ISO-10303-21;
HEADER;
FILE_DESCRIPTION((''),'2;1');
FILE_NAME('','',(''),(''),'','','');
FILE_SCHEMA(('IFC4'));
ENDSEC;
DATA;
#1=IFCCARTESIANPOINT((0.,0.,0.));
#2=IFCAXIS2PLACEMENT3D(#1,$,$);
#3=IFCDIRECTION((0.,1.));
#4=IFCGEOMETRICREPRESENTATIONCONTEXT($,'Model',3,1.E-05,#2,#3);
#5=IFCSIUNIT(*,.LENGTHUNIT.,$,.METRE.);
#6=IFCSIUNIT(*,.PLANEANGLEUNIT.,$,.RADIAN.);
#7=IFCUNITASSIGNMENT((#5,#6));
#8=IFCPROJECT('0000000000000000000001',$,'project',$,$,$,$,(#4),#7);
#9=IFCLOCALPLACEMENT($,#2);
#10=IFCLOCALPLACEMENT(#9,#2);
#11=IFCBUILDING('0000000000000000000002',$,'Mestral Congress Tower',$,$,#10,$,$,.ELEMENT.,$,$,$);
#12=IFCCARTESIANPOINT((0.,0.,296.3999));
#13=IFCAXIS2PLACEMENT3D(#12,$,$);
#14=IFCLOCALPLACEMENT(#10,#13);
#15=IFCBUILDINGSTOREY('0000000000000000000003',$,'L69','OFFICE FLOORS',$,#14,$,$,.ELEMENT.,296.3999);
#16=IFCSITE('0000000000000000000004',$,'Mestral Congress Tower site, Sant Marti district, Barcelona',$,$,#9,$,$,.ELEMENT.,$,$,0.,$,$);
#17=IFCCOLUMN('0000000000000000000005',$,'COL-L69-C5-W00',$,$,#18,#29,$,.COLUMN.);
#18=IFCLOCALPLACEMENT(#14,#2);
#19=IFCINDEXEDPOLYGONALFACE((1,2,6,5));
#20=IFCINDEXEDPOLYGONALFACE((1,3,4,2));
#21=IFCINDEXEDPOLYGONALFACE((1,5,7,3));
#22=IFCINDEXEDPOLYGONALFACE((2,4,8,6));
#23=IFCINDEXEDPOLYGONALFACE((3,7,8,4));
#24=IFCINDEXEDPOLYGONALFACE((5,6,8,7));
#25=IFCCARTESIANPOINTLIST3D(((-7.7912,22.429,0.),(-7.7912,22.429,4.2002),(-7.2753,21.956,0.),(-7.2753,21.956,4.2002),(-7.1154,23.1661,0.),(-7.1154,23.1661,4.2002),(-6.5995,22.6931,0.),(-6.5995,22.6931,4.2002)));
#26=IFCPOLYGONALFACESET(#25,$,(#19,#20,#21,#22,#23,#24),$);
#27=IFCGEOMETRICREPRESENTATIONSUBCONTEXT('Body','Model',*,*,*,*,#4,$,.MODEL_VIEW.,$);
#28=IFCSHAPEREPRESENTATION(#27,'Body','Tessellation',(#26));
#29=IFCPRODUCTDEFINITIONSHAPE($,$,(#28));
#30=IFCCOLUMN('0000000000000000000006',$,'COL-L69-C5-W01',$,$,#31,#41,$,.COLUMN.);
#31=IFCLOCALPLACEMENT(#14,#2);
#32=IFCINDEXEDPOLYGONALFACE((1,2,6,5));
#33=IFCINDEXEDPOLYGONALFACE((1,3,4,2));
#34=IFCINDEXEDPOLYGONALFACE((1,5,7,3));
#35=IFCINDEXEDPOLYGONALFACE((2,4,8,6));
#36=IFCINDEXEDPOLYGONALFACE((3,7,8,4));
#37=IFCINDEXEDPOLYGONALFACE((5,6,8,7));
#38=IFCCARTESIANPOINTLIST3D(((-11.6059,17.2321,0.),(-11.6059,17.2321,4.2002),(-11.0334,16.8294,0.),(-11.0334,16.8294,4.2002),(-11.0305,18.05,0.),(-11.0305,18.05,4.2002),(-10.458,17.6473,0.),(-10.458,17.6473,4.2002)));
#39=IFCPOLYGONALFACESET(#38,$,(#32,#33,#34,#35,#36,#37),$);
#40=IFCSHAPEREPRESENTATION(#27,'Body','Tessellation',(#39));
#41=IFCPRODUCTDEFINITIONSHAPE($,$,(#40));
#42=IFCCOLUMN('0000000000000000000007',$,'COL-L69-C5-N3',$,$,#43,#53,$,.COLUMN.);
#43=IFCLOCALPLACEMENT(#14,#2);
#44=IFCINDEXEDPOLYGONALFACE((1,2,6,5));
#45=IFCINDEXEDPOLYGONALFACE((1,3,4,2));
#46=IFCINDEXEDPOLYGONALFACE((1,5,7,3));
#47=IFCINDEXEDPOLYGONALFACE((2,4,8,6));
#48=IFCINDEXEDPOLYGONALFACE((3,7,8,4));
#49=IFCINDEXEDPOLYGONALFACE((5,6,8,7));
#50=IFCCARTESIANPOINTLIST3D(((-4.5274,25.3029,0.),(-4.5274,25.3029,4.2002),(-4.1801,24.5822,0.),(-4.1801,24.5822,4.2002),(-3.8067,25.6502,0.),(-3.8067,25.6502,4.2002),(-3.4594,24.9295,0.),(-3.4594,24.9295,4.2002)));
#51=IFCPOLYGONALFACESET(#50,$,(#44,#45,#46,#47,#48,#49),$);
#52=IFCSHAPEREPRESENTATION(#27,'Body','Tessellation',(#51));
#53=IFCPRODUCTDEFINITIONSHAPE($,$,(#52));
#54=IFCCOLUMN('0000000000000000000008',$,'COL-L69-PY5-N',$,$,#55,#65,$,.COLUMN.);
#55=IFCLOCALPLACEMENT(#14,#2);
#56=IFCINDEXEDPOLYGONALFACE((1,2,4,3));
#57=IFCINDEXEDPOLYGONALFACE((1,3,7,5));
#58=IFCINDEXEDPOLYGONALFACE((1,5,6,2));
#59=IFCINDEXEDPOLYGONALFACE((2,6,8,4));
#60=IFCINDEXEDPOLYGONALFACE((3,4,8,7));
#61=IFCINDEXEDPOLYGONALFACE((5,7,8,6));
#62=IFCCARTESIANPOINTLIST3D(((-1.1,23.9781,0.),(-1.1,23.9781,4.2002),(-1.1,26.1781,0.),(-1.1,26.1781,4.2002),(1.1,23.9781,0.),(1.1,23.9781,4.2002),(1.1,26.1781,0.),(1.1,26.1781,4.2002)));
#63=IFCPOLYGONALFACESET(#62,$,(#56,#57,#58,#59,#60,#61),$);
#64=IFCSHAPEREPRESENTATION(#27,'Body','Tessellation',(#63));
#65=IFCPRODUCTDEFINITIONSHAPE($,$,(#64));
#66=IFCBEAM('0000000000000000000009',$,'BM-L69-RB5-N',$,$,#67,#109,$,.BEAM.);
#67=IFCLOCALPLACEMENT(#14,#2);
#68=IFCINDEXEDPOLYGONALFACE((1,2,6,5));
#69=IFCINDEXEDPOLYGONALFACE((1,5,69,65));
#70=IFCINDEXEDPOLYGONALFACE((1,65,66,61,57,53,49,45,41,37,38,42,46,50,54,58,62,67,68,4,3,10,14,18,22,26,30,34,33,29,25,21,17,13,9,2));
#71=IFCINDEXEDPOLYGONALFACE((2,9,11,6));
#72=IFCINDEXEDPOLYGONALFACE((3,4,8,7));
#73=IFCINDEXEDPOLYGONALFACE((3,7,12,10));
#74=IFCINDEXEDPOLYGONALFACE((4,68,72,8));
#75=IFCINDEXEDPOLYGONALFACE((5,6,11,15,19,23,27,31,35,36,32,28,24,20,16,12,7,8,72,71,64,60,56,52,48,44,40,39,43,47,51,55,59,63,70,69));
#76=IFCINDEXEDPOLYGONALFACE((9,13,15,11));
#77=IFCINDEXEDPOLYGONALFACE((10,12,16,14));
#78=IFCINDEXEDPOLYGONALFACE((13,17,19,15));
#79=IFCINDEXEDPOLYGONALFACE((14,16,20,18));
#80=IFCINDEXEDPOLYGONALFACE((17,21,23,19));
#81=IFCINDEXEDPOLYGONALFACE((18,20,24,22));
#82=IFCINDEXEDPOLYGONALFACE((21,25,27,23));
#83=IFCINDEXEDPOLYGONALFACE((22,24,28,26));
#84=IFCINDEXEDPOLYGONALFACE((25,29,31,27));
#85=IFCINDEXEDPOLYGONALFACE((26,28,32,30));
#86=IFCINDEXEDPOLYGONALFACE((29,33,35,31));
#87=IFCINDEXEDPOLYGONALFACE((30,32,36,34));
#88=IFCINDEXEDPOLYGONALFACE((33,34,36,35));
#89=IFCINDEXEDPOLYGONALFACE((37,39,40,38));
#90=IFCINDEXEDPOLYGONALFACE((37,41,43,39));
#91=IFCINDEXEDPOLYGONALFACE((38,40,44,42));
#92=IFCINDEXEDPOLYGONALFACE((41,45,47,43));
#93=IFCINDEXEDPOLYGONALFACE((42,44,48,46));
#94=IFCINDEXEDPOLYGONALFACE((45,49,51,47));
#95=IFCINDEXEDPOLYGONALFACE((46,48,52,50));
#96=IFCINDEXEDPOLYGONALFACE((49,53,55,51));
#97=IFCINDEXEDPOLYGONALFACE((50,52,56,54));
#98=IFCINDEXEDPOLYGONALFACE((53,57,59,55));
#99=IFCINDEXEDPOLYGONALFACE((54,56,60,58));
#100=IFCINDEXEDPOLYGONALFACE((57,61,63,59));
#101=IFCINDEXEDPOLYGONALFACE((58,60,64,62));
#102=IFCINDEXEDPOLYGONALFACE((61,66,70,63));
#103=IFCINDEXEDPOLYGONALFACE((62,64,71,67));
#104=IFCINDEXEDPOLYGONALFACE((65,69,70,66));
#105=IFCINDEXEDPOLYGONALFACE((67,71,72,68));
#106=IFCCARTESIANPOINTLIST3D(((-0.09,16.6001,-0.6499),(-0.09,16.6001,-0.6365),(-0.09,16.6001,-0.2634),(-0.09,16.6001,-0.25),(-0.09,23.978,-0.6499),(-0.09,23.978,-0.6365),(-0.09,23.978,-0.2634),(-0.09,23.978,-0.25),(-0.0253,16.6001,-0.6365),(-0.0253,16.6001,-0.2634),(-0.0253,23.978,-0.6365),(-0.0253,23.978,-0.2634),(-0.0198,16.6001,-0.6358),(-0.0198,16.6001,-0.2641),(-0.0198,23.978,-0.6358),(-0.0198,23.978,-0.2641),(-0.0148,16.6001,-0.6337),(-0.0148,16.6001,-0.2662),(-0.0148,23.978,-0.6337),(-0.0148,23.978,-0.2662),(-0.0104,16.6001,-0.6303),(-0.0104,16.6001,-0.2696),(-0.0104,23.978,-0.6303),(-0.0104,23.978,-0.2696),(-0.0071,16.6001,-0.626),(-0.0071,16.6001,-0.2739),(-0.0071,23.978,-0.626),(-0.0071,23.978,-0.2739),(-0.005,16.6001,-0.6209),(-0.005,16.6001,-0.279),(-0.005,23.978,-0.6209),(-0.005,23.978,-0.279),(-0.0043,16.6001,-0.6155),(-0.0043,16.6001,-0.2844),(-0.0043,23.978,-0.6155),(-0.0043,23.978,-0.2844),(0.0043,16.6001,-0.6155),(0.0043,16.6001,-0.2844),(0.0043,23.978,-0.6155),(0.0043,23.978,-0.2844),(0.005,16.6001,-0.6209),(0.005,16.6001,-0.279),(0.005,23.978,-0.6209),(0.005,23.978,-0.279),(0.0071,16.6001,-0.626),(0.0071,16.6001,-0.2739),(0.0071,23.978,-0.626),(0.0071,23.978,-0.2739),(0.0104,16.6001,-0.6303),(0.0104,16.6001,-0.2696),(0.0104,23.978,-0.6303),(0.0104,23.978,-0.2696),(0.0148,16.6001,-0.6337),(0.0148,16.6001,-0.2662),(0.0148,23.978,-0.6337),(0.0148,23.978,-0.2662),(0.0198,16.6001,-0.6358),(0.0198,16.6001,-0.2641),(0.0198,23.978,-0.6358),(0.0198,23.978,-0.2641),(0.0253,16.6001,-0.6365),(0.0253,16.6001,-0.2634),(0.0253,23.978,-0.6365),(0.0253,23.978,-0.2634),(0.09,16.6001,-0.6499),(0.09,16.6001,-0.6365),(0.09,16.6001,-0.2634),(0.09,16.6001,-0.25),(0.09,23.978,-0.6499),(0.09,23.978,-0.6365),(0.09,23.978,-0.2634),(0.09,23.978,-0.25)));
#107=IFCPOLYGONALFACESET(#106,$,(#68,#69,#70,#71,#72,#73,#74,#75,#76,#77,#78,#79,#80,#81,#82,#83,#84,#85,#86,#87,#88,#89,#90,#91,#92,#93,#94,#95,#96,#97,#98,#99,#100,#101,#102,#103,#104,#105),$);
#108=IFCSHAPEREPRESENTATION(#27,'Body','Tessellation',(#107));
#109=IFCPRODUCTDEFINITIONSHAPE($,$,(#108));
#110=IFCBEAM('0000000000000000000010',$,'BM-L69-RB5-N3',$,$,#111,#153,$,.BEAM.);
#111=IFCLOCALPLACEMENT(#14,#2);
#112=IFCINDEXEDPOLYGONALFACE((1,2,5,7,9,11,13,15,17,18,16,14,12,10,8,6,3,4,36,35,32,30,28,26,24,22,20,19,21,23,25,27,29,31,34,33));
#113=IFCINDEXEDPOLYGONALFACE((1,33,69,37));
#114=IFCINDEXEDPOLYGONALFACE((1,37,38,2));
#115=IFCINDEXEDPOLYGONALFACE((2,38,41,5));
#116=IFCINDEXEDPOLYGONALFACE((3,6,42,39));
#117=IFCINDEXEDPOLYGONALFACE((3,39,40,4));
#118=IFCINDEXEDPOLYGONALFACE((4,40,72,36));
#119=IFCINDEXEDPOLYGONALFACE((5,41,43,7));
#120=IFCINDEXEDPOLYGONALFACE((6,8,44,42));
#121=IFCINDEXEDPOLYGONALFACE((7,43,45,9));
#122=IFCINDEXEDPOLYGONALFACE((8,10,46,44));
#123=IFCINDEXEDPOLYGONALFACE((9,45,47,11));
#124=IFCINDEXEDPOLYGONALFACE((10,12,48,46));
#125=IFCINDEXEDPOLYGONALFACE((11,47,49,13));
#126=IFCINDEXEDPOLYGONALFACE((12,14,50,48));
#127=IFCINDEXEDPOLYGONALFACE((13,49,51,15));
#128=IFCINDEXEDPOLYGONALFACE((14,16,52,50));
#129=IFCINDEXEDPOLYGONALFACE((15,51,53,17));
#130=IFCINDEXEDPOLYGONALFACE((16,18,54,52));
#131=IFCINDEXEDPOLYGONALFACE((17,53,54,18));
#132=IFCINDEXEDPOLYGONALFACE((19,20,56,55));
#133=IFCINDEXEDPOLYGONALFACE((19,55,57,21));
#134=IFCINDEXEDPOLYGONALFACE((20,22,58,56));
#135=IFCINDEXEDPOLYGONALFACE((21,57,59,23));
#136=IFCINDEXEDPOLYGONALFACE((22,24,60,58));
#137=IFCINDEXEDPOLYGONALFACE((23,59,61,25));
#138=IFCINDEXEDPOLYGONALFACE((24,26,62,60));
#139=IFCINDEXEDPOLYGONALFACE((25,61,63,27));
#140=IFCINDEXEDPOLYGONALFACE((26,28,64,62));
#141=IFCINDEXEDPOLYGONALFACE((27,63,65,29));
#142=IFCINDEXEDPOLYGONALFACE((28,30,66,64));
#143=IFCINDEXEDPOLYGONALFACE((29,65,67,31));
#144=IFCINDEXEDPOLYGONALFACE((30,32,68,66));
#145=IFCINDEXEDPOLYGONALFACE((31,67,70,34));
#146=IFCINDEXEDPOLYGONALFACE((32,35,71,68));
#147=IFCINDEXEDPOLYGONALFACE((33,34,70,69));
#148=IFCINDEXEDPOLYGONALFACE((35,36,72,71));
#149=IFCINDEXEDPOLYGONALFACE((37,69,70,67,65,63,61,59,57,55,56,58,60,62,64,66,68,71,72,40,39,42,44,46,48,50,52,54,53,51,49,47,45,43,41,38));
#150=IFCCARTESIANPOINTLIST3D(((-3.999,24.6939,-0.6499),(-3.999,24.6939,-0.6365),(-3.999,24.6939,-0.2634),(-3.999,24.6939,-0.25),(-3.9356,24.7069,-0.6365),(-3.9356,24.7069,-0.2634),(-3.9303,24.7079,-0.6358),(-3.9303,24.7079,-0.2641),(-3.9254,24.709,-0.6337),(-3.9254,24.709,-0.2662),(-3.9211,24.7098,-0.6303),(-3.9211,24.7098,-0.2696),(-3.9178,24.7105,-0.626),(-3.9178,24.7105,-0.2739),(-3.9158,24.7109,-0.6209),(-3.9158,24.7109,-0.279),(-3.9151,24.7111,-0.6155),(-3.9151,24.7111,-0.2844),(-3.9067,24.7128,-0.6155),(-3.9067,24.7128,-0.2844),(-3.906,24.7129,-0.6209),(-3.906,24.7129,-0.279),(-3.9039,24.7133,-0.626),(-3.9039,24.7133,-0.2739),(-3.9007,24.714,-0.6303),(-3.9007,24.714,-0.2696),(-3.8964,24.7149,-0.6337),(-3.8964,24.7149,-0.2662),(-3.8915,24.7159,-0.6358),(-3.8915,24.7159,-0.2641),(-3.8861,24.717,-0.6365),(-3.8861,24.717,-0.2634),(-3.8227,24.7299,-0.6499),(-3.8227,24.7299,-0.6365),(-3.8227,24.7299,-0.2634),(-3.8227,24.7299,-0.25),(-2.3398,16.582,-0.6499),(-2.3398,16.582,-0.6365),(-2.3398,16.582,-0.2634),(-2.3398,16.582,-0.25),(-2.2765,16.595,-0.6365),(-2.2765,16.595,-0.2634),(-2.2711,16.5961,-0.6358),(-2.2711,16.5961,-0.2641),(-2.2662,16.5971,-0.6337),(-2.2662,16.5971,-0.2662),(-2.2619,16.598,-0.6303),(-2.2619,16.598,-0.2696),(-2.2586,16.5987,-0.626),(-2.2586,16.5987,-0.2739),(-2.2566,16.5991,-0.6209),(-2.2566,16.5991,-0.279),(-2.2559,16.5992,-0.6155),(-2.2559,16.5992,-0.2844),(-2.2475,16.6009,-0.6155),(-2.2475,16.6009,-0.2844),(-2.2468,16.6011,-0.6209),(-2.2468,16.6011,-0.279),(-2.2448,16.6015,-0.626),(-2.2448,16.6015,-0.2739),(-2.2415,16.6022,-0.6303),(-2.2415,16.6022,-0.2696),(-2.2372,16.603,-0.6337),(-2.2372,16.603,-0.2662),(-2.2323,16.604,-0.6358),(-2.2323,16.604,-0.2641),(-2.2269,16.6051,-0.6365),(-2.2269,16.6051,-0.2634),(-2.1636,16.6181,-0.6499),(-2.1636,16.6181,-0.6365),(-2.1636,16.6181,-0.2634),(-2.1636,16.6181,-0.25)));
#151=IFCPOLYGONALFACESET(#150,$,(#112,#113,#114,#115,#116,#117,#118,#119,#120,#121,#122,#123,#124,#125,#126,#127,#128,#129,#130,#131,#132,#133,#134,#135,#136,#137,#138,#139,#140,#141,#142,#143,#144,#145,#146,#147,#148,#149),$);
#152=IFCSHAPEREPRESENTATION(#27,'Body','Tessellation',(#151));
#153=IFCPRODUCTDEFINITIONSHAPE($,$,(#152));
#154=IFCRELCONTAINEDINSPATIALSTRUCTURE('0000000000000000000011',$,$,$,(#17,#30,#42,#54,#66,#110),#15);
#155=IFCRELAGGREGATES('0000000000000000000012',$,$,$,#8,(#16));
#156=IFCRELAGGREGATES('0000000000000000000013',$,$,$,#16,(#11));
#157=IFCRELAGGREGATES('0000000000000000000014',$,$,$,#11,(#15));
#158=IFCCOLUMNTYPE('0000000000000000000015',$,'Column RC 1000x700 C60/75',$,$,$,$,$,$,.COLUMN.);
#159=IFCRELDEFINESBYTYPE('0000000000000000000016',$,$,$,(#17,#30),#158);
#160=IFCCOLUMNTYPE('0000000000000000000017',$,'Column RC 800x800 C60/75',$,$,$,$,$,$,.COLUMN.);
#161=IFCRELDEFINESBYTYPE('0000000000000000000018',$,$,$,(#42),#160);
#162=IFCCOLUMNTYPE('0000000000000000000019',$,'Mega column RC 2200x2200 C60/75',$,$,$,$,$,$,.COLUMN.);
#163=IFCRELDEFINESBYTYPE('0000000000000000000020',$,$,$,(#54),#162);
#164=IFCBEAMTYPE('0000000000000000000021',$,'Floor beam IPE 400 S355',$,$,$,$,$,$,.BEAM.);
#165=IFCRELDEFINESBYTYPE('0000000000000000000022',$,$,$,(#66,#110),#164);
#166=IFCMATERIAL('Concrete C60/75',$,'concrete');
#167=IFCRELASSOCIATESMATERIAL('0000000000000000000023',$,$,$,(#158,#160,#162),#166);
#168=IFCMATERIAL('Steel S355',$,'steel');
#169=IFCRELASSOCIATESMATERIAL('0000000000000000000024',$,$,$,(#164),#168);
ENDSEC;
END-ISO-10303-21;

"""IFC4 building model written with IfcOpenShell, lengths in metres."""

from ifc_helpers import new_model, si_unit, direction, frame, origin, origin_2d, place, context, subcontext, project, spatial, rectangle, i_section, extrude, material, material_profile, profile_set, type_object, element, save


model = new_model("IFC4")

# Units and contexts
model_context = context("Model", 3, precision=1e-05, world=origin(), true_north=direction((0.0, 1.0)))
body_context = subcontext(model_context, "Body", "Model", "MODEL_VIEW")
ifc_project = project(units=[si_unit("LENGTHUNIT", "METRE"), si_unit("PLANEANGLEUNIT", "RADIAN")], contexts=[model_context])

# Site, building, storey
site_placement = place(None, origin())
site = spatial("IfcSite", under=ifc_project, at=site_placement, Name="Mestral Congress Tower site, Sant Marti district, Barcelona", CompositionType="ELEMENT", RefElevation=0.0)
building_placement = place(site_placement, origin())
building = spatial("IfcBuilding", under=site, at=building_placement, Name="Mestral Congress Tower", CompositionType="ELEMENT")
storey_placement = place(building_placement, frame((0.0, 0.0, 296.3999)))
storey = spatial("IfcBuildingStorey", under=building, at=storey_placement, Name="L69", Description="OFFICE FLOORS", CompositionType="ELEMENT", Elevation=296.3999)

# Columns
ifc_material_1 = material(Name="Concrete C60/75", Category="concrete")
ifc_material_profile_1 = material_profile(ifc_material_1, rectangle(XDim=1.0, YDim=0.7, at=origin_2d()), Name="RC 1000x700")
ifc_profile_set_1 = profile_set([ifc_material_profile_1], Name="Concrete C60/75")
column_type_1 = type_object("IfcColumnType", Name="Column RC 1000x700 C60/75", PredefinedType="COLUMN", material=ifc_profile_set_1)
for number, where, z_axis, x_axis, name in (
    (1, (-7.1953, 22.561, 0.0), (0.0, 0.0, 1.0), (-0.675803, -0.737083, 0.0), "COL-L69-C5-W00"),
    (2, (-11.032, 17.4397, 0.0), (0.0, 0.0, 1.0), (-0.575402, -0.817871, 0.0), "COL-L69-C5-W01"),
):
    element("IfcColumn", number, at=place(storey_placement, frame(where, z_axis=z_axis, x_axis=x_axis)), inside=storey, type_object=column_type_1, Name=name, PredefinedType="COLUMN", context=body_context, shape_type="SweptSolid", body=[
        extrude(rectangle(XDim=1.0, YDim=0.7, at=origin_2d()), origin(), (0.0, 0.0, 1.0), 4.2002),
    ])
ifc_material_profile_2 = material_profile(ifc_material_1, rectangle(XDim=0.8, YDim=0.8, at=origin_2d()), Name="RC 800x800")
ifc_profile_set_2 = profile_set([ifc_material_profile_2], Name="Concrete C60/75")
column_type_2 = type_object("IfcColumnType", Name="Column RC 800x800 C60/75", PredefinedType="COLUMN", material=ifc_profile_set_2)
column_1_placement = place(storey_placement, frame((-3.9934, 25.1162, 0.0), z_axis=(0.0, 0.0, 1.0), x_axis=(-0.900873, -0.434082, 0.0)))
element("IfcColumn", 3, at=column_1_placement, inside=storey, type_object=column_type_2, Name="COL-L69-C5-N3", PredefinedType="COLUMN", context=body_context, shape_type="SweptSolid", body=[
    extrude(rectangle(XDim=0.8, YDim=0.8, at=origin_2d()), origin(), (0.0, 0.0, 1.0), 4.2002),
])
ifc_material_profile_3 = material_profile(ifc_material_1, rectangle(XDim=2.2, YDim=2.2, at=origin_2d()), Name="RC 2200x2200")
ifc_profile_set_3 = profile_set([ifc_material_profile_3], Name="Concrete C60/75")
column_type_3 = type_object("IfcColumnType", Name="Mega column RC 2200x2200 C60/75", PredefinedType="COLUMN", material=ifc_profile_set_3)
column_2_placement = place(storey_placement, frame((0.0, 25.0781, 0.0), z_axis=(0.0, 0.0, 1.0), x_axis=(0.0, 1.0, 0.0)))
element("IfcColumn", 4, at=column_2_placement, inside=storey, type_object=column_type_3, Name="COL-L69-PY5-N", PredefinedType="COLUMN", context=body_context, shape_type="SweptSolid", body=[
    extrude(rectangle(XDim=2.2, YDim=2.2, at=origin_2d()), origin(), (0.0, 0.0, 1.0), 4.2002),
])

# Beams
ifc_material_2 = material(Name="Steel S355", Category="steel")
ifc_material_profile_4 = material_profile(ifc_material_2, i_section(OverallWidth=0.1799, OverallDepth=0.3999, WebThickness=0.0085, FlangeThickness=0.0134, FilletRadius=0.021, at=origin_2d()), Name="IPE 400")
ifc_profile_set_4 = profile_set([ifc_material_profile_4], Name="Steel S355")
beam_type_1 = type_object("IfcBeamType", Name="Floor beam IPE 400 S355", PredefinedType="BEAM", material=ifc_profile_set_4)
beam_1_placement = place(storey_placement, frame((0.0, 23.978, -0.45), z_axis=(0.0, -1.0, 0.0), x_axis=(1.0, 0.0, 0.0)))
element("IfcBeam", 5, at=beam_1_placement, inside=storey, type_object=beam_type_1, Name="BM-L69-RB5-N", PredefinedType="BEAM", context=body_context, shape_type="SweptSolid", body=[
    extrude(i_section(OverallWidth=0.1799, OverallDepth=0.3999, WebThickness=0.0085, FlangeThickness=0.0134, FilletRadius=0.021, at=origin_2d()), origin(), (0.0, 0.0, 1.0), 7.3779),
])
beam_2_placement = place(storey_placement, frame((-3.9109, 24.7119, -0.45), z_axis=(0.20039, -0.979716, 0.0), x_axis=(0.979716, 0.20039, 0.0)))
element("IfcBeam", 6, at=beam_2_placement, inside=storey, type_object=beam_type_1, Name="BM-L69-RB5-N3", PredefinedType="BEAM", context=body_context, shape_type="SweptSolid", body=[
    extrude(i_section(OverallWidth=0.1799, OverallDepth=0.3999, WebThickness=0.0085, FlangeThickness=0.0134, FilletRadius=0.021, at=origin_2d()), origin(), (0.0, 0.0, 1.0), 8.2798),
])

save(model, "model.ifc")
